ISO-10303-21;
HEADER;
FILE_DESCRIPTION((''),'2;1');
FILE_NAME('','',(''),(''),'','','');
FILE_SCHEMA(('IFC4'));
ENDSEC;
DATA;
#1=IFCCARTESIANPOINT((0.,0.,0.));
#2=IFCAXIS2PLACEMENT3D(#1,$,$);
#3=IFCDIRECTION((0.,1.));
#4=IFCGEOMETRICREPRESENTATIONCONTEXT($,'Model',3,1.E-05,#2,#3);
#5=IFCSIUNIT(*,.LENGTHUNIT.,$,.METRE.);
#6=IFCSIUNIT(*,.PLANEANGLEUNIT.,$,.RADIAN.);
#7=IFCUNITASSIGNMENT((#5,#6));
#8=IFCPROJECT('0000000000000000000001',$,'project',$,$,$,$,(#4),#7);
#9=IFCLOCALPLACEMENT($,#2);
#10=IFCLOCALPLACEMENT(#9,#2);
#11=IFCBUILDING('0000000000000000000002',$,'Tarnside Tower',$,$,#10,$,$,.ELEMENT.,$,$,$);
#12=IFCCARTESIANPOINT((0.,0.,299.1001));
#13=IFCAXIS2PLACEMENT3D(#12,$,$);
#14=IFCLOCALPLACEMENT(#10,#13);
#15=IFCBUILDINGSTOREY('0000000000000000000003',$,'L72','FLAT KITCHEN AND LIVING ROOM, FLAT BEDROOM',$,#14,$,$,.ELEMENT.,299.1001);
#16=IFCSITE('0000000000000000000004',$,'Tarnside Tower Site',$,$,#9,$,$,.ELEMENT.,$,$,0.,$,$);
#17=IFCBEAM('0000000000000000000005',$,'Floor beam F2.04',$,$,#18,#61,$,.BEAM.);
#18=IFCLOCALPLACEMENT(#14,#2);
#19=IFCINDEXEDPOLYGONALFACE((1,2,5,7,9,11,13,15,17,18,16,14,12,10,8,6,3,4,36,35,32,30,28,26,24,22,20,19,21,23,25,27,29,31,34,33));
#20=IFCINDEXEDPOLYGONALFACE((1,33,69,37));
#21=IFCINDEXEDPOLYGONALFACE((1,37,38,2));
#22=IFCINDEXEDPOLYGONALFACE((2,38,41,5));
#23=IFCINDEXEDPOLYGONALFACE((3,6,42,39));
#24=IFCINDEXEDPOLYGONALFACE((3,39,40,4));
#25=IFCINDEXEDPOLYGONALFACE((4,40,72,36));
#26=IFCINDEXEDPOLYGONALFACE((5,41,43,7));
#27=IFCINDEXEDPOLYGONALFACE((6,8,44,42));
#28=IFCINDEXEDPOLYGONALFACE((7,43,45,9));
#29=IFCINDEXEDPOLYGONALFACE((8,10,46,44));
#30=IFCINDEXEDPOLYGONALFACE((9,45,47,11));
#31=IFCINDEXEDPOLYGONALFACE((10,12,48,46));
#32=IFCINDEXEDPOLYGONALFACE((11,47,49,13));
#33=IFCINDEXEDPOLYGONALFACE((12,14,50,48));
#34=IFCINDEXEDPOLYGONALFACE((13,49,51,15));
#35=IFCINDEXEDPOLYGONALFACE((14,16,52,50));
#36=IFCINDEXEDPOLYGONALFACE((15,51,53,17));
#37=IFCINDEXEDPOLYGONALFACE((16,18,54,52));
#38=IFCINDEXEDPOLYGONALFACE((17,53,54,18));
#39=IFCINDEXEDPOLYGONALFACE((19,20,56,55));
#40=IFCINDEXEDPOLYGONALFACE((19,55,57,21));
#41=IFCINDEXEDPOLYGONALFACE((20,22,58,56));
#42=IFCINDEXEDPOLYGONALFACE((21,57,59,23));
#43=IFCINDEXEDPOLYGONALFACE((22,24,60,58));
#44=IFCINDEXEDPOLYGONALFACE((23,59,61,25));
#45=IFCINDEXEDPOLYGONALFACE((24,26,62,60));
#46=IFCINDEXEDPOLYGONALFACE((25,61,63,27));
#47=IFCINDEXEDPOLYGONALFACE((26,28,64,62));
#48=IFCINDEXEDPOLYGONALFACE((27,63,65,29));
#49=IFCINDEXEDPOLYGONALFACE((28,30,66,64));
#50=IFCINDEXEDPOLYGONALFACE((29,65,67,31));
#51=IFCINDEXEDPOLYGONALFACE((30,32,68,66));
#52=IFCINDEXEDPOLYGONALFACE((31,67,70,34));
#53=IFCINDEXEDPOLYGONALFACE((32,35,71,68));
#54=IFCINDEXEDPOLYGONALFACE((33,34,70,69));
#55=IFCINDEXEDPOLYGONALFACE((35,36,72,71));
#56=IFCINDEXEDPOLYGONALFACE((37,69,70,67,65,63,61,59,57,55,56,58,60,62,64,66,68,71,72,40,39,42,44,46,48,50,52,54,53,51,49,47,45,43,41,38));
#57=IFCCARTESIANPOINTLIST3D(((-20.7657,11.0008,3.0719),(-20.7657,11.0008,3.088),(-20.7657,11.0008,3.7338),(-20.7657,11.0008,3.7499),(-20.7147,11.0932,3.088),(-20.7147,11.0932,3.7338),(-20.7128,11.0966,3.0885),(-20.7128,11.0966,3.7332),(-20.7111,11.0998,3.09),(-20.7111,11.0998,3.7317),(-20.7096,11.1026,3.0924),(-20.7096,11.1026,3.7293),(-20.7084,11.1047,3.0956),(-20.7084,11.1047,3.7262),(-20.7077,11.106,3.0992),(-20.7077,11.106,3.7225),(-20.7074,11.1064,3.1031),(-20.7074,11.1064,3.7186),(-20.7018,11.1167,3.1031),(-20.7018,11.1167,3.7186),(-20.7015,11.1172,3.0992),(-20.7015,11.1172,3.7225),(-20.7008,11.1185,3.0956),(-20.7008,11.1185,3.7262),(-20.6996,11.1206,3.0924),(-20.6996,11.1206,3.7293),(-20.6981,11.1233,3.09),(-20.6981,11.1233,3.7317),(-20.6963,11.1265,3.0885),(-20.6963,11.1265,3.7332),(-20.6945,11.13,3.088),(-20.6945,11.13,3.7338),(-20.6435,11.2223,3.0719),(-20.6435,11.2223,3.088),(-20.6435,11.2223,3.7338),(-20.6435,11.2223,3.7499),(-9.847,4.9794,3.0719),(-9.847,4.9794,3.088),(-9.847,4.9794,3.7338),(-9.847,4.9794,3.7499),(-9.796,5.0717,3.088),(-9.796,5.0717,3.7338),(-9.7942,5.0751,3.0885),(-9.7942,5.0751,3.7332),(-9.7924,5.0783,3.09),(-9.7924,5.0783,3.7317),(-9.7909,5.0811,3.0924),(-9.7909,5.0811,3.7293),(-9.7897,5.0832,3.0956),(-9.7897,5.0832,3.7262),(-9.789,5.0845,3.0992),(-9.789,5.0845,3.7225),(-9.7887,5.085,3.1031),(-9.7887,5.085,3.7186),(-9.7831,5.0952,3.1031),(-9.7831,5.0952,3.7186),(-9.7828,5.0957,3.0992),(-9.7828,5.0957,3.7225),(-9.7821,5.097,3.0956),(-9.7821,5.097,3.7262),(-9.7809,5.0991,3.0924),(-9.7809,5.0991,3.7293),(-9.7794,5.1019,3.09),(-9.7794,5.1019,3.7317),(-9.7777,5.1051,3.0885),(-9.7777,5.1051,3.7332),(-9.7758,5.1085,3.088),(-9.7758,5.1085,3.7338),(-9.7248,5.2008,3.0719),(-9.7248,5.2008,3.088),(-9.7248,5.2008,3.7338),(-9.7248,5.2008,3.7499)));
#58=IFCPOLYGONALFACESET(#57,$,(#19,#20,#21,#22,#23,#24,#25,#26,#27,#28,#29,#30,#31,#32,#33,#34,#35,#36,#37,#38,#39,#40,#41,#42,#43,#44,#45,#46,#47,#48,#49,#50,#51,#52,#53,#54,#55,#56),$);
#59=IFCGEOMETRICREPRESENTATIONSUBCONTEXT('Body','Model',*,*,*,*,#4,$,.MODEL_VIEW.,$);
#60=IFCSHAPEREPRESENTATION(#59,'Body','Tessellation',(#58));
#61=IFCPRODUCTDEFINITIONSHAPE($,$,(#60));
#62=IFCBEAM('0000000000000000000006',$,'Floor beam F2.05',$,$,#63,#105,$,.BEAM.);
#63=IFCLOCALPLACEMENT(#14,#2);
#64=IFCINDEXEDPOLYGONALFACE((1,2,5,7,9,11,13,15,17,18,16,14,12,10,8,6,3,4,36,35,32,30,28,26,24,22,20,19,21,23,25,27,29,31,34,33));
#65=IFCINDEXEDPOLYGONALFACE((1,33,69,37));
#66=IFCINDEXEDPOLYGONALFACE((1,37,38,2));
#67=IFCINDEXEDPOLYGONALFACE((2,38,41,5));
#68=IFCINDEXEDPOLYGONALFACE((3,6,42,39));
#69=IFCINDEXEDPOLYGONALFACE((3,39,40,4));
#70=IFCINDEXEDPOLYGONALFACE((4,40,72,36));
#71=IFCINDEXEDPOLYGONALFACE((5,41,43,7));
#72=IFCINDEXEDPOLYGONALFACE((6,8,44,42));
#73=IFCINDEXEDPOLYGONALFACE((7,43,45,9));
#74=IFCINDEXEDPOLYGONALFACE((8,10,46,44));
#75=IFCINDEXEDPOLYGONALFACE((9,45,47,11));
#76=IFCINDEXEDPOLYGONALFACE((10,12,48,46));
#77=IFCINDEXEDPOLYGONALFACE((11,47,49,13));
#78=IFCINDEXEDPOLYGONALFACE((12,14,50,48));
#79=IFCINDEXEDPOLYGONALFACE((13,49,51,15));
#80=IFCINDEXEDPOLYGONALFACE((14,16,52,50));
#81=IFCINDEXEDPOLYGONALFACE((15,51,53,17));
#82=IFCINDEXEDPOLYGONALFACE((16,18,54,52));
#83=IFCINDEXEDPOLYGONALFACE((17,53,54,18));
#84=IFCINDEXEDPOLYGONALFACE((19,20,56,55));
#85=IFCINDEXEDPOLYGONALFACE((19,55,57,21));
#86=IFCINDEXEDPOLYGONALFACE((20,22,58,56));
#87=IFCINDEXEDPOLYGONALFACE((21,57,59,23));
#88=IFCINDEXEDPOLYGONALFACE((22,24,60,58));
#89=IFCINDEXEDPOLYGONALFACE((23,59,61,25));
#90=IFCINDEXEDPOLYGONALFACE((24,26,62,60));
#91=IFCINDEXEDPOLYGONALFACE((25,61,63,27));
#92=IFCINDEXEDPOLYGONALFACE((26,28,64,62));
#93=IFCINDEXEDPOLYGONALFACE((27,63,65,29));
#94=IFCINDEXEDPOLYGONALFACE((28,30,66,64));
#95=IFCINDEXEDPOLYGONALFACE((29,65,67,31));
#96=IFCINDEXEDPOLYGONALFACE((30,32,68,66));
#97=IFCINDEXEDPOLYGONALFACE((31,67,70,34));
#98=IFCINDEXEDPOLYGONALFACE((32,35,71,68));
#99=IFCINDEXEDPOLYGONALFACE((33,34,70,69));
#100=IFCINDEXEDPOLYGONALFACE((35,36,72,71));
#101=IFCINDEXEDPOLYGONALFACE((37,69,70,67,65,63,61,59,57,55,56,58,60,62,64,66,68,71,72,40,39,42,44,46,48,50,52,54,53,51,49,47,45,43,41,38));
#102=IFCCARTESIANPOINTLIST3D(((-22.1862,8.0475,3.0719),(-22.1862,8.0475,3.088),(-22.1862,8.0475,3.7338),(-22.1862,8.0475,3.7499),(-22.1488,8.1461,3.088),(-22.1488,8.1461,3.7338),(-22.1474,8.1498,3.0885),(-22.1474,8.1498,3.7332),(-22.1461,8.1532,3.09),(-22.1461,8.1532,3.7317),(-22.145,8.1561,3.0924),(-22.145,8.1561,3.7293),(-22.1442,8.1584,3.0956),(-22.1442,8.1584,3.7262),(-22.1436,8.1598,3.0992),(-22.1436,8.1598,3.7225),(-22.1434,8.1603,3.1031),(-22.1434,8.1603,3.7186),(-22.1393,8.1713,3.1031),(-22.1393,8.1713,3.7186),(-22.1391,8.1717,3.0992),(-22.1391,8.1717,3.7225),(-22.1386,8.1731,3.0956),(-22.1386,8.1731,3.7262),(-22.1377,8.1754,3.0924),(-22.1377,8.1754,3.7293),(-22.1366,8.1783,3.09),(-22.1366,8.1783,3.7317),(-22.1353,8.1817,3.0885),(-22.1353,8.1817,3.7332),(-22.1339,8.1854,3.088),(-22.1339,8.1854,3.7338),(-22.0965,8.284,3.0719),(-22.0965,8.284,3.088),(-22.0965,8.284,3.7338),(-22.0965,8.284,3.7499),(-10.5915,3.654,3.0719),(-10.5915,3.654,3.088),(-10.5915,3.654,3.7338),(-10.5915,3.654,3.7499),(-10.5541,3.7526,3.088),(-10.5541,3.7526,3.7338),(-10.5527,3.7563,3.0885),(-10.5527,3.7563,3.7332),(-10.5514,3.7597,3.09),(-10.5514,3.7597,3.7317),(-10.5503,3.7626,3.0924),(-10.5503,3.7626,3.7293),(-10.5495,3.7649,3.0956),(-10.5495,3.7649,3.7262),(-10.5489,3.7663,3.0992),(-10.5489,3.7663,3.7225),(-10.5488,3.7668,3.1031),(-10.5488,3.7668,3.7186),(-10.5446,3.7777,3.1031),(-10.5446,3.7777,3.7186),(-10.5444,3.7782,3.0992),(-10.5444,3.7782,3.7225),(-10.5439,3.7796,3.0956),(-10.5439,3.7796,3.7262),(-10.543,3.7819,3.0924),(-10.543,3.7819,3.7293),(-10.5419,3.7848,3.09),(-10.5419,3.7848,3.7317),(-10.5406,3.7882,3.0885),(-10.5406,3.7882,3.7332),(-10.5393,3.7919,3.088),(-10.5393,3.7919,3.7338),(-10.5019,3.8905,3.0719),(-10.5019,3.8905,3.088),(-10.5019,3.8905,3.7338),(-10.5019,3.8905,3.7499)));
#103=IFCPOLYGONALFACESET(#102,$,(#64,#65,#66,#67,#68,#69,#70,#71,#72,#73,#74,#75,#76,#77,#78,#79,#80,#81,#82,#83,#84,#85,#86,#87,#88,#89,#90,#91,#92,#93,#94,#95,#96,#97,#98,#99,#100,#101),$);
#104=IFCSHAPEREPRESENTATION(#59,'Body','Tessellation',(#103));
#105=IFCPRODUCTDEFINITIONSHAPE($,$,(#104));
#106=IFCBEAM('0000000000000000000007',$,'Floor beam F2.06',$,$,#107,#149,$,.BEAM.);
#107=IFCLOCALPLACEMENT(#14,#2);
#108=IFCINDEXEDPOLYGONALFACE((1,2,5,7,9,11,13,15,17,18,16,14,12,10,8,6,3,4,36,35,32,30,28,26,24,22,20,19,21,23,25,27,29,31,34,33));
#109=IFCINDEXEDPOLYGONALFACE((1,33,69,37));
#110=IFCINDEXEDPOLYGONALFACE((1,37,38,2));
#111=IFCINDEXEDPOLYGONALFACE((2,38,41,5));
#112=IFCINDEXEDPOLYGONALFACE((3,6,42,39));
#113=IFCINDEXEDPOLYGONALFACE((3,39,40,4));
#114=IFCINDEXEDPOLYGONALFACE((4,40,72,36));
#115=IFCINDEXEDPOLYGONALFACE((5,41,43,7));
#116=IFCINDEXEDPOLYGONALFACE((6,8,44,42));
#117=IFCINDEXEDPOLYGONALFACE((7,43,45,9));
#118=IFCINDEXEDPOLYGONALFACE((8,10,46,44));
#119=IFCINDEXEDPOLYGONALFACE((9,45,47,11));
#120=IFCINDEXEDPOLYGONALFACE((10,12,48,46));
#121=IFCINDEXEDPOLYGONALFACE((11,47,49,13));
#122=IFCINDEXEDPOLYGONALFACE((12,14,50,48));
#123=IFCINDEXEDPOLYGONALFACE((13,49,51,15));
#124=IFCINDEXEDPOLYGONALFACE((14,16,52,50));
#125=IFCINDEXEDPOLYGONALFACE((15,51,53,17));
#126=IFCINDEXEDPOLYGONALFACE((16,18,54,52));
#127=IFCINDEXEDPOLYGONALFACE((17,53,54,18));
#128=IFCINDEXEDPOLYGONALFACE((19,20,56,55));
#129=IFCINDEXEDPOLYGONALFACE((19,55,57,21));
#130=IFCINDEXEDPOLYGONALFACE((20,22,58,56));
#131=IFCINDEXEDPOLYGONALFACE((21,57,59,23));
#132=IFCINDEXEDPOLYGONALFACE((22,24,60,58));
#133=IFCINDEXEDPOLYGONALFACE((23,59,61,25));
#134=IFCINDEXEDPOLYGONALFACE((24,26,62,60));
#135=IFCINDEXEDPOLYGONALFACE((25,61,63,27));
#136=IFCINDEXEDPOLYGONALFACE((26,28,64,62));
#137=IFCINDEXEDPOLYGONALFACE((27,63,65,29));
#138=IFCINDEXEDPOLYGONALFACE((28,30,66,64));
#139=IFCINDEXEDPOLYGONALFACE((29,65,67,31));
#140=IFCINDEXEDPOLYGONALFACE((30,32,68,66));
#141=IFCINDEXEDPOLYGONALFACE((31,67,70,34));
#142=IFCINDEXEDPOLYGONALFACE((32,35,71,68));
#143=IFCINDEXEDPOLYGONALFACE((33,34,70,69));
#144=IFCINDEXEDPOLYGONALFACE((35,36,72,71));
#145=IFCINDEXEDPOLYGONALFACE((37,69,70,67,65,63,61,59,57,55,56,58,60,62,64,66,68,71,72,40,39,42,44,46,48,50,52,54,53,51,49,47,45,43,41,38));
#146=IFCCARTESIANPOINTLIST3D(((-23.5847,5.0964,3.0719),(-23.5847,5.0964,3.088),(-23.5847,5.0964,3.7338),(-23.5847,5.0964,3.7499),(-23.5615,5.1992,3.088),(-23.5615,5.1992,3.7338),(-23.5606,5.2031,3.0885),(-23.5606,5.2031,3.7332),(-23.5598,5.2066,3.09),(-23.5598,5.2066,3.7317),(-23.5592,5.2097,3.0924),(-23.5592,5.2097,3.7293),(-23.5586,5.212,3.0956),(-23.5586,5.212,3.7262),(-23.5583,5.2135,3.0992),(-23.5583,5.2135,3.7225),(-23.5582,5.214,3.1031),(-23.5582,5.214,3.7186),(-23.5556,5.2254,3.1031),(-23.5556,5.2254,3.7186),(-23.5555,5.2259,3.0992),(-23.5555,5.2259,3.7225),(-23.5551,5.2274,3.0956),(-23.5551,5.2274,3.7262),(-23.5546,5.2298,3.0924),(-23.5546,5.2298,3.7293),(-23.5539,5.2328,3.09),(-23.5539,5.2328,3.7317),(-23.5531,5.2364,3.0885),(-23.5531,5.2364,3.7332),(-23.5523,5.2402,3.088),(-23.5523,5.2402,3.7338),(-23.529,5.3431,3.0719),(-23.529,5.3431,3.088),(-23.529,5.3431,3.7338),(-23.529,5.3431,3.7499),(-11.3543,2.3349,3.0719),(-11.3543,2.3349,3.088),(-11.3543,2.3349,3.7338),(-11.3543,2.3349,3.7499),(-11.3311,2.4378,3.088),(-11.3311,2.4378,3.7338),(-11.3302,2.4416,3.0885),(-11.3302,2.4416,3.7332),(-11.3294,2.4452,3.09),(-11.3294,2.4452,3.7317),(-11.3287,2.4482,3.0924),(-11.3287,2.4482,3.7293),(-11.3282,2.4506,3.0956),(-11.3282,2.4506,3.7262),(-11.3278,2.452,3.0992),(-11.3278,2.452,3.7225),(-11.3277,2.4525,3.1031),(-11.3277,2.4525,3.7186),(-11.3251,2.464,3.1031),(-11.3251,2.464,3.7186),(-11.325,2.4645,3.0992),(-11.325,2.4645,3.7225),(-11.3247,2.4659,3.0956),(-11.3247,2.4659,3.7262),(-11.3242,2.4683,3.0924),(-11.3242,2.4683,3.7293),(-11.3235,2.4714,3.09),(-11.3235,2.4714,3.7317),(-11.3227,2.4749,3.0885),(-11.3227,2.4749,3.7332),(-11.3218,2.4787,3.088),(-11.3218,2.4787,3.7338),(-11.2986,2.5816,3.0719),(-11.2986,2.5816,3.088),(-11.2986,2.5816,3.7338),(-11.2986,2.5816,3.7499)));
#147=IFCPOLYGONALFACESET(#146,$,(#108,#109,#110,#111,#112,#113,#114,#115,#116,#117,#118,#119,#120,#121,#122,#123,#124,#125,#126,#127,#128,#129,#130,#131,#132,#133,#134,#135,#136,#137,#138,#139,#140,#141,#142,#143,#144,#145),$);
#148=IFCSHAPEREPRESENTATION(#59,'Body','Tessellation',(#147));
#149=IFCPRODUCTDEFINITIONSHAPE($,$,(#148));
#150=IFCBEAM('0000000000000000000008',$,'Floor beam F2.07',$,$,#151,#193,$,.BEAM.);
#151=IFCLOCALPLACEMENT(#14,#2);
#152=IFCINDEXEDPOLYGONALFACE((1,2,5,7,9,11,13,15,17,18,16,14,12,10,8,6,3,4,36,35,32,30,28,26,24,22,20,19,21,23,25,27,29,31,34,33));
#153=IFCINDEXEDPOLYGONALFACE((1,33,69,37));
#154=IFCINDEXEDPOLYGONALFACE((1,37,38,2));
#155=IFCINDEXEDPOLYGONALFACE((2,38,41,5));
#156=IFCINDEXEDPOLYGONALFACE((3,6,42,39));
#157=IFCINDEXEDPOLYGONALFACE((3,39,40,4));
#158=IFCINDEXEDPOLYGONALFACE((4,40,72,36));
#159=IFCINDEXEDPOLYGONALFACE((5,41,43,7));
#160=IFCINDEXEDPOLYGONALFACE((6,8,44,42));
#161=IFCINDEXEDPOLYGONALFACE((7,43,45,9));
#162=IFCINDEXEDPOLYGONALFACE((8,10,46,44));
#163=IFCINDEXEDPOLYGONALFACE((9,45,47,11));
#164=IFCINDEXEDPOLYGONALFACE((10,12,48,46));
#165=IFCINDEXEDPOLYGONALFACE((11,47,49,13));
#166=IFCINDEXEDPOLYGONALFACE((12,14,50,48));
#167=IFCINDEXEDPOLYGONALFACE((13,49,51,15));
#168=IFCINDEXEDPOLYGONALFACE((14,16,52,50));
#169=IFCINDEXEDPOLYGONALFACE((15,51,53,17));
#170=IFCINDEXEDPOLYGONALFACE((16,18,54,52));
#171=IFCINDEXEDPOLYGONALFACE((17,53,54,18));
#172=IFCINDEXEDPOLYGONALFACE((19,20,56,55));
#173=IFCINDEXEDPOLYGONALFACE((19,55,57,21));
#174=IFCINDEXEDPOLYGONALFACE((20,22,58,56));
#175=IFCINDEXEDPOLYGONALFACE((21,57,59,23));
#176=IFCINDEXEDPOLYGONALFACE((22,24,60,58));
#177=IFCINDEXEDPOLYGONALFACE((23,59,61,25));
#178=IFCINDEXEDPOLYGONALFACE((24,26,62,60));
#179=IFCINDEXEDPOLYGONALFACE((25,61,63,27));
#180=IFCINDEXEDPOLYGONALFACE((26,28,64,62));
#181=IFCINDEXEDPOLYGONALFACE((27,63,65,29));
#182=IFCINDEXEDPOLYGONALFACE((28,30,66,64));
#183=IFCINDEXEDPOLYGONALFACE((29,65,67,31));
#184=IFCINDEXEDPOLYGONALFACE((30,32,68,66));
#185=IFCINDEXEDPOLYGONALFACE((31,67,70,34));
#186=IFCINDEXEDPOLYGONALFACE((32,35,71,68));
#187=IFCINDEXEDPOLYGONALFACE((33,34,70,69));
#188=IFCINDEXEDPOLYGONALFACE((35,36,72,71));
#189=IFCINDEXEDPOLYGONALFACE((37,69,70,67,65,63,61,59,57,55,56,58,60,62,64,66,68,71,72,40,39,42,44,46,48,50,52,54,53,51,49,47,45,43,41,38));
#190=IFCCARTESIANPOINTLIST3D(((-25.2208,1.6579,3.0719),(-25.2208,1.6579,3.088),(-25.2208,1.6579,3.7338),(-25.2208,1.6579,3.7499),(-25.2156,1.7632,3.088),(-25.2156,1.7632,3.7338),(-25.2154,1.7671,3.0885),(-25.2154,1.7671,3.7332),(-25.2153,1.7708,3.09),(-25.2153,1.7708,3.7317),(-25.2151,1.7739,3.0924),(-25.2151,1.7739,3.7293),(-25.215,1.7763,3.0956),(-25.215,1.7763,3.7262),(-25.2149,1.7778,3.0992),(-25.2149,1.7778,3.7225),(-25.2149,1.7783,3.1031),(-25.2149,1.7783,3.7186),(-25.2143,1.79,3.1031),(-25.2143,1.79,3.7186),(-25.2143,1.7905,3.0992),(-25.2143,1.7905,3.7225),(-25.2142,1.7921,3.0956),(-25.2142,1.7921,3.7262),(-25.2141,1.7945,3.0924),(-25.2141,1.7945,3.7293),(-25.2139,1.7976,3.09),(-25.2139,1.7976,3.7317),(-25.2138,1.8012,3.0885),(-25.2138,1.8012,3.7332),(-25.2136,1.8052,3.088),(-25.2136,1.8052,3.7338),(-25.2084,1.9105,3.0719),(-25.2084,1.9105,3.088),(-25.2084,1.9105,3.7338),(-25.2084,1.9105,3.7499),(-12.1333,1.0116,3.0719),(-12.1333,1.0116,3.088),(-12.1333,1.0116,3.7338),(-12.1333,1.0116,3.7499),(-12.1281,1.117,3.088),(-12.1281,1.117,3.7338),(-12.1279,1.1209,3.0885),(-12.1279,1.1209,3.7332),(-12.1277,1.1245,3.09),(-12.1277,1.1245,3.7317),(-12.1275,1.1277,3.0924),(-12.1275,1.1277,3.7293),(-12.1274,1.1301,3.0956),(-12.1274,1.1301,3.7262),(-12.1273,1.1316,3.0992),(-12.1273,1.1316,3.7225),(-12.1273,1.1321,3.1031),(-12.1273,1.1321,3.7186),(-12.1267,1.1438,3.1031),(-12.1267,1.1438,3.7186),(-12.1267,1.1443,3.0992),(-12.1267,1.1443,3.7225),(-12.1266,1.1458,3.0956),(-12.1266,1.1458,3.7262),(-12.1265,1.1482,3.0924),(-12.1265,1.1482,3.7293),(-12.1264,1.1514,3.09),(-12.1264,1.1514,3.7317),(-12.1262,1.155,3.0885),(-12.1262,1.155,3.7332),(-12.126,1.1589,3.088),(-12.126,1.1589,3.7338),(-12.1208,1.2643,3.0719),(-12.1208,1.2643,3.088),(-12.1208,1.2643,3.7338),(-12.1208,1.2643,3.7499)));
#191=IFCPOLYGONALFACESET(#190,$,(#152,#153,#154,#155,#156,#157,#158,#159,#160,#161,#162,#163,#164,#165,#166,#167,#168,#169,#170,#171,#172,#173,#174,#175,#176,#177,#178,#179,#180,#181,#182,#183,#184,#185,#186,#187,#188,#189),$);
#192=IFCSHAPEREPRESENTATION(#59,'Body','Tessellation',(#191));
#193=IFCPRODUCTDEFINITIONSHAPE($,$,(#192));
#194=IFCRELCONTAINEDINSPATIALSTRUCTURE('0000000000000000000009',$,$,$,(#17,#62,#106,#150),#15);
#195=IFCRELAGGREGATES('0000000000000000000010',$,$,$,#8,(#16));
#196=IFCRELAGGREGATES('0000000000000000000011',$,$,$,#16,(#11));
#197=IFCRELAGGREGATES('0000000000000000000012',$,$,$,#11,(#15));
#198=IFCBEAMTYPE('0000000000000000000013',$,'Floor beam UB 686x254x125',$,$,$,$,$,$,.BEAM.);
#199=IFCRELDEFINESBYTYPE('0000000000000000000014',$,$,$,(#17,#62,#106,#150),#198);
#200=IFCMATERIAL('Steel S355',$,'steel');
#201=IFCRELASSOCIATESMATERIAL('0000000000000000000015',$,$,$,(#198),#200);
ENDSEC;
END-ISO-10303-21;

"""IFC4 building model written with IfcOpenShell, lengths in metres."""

from ifc_helpers import new_model, si_unit, direction, frame, origin, origin_2d, place, context, subcontext, project, spatial, i_section, extrude, material, material_profile, profile_set, type_object, element, save


model = new_model("IFC4")

# Units and contexts
model_context = context("Model", 3, precision=1e-05, world=origin(), true_north=direction((0.0, 1.0)))
body_context = subcontext(model_context, "Body", "Model", "MODEL_VIEW")
ifc_project = project(units=[si_unit("LENGTHUNIT", "METRE"), si_unit("PLANEANGLEUNIT", "RADIAN")], contexts=[model_context])

# Site, building, storey
site_placement = place(None, origin())
site = spatial("IfcSite", under=ifc_project, at=site_placement, Name="Tarnside Tower Site", CompositionType="ELEMENT", RefElevation=0.0)
building_placement = place(site_placement, origin())
building = spatial("IfcBuilding", under=site, at=building_placement, Name="Tarnside Tower", CompositionType="ELEMENT")
storey_placement = place(building_placement, frame((0.0, 0.0, 299.1001)))
storey = spatial("IfcBuildingStorey", under=building, at=storey_placement, Name="L72", Description="FLAT KITCHEN AND LIVING ROOM, FLAT BEDROOM", CompositionType="ELEMENT", Elevation=299.1001)

# Beams
ifc_material_1 = material(Name="Steel S355", Category="steel")
ifc_material_profile_1 = material_profile(ifc_material_1, i_section(OverallWidth=0.2529, OverallDepth=0.678, WebThickness=0.0117, FlangeThickness=0.0161, FilletRadius=0.0151, at=origin_2d()), Name="UB 686x254x125")
ifc_profile_set_1 = profile_set([ifc_material_profile_1], Name="Steel S355")
beam_type_1 = type_object("IfcBeamType", Name="Floor beam UB 686x254x125", PredefinedType="BEAM", material=ifc_profile_set_1)
beam_1_placement = place(storey_placement, frame((-20.7046, 11.1116, 3.4109), z_axis=(0.875667, -0.482916, 0.0), x_axis=(0.482916, 0.875667, 0.0)))
element("IfcBeam", 1, at=beam_1_placement, inside=storey, type_object=beam_type_1, Name="Floor beam F2.04", PredefinedType="BEAM", context=body_context, shape_type="SweptSolid", body=[
    extrude(i_section(OverallWidth=0.2529, OverallDepth=0.678, WebThickness=0.0117, FlangeThickness=0.0161, FilletRadius=0.0151, at=origin_2d()), origin(), (0.0, 0.0, 1.0), 12.469),
])
beam_2_placement = place(storey_placement, frame((-22.1414, 8.1658, 3.4109), z_axis=(0.935116, -0.354341, 0.0), x_axis=(0.354341, 0.935116, 0.0)))
element("IfcBeam", 2, at=beam_2_placement, inside=storey, type_object=beam_type_1, Name="Floor beam F2.05", PredefinedType="BEAM", context=body_context, shape_type="SweptSolid", body=[
    extrude(i_section(OverallWidth=0.2529, OverallDepth=0.678, WebThickness=0.0117, FlangeThickness=0.0161, FilletRadius=0.0151, at=origin_2d()), origin(), (0.0, 0.0, 1.0), 12.3992),
])
beam_3_placement = place(storey_placement, frame((-23.5569, 5.2197, 3.4109), z_axis=(0.975445, -0.220242, 0.0), x_axis=(0.220242, 0.975445, 0.0)))
element("IfcBeam", 3, at=beam_3_placement, inside=storey, type_object=beam_type_1, Name="Floor beam F2.06", PredefinedType="BEAM", context=body_context, shape_type="SweptSolid", body=[
    extrude(i_section(OverallWidth=0.2529, OverallDepth=0.678, WebThickness=0.0117, FlangeThickness=0.0161, FilletRadius=0.0151, at=origin_2d()), origin(), (0.0, 0.0, 1.0), 12.5383),
])
beam_4_placement = place(storey_placement, frame((-25.2146, 1.7842, 3.4109), z_axis=(0.998783, -0.049318, 0.0), x_axis=(0.049318, 0.998783, 0.0)))
element("IfcBeam", 4, at=beam_4_placement, inside=storey, type_object=beam_type_1, Name="Floor beam F2.07", PredefinedType="BEAM", context=body_context, shape_type="SweptSolid", body=[
    extrude(i_section(OverallWidth=0.2529, OverallDepth=0.678, WebThickness=0.0117, FlangeThickness=0.0161, FilletRadius=0.0151, at=origin_2d()), origin(), (0.0, 0.0, 1.0), 13.1035),
])

save(model, "model.ifc")
